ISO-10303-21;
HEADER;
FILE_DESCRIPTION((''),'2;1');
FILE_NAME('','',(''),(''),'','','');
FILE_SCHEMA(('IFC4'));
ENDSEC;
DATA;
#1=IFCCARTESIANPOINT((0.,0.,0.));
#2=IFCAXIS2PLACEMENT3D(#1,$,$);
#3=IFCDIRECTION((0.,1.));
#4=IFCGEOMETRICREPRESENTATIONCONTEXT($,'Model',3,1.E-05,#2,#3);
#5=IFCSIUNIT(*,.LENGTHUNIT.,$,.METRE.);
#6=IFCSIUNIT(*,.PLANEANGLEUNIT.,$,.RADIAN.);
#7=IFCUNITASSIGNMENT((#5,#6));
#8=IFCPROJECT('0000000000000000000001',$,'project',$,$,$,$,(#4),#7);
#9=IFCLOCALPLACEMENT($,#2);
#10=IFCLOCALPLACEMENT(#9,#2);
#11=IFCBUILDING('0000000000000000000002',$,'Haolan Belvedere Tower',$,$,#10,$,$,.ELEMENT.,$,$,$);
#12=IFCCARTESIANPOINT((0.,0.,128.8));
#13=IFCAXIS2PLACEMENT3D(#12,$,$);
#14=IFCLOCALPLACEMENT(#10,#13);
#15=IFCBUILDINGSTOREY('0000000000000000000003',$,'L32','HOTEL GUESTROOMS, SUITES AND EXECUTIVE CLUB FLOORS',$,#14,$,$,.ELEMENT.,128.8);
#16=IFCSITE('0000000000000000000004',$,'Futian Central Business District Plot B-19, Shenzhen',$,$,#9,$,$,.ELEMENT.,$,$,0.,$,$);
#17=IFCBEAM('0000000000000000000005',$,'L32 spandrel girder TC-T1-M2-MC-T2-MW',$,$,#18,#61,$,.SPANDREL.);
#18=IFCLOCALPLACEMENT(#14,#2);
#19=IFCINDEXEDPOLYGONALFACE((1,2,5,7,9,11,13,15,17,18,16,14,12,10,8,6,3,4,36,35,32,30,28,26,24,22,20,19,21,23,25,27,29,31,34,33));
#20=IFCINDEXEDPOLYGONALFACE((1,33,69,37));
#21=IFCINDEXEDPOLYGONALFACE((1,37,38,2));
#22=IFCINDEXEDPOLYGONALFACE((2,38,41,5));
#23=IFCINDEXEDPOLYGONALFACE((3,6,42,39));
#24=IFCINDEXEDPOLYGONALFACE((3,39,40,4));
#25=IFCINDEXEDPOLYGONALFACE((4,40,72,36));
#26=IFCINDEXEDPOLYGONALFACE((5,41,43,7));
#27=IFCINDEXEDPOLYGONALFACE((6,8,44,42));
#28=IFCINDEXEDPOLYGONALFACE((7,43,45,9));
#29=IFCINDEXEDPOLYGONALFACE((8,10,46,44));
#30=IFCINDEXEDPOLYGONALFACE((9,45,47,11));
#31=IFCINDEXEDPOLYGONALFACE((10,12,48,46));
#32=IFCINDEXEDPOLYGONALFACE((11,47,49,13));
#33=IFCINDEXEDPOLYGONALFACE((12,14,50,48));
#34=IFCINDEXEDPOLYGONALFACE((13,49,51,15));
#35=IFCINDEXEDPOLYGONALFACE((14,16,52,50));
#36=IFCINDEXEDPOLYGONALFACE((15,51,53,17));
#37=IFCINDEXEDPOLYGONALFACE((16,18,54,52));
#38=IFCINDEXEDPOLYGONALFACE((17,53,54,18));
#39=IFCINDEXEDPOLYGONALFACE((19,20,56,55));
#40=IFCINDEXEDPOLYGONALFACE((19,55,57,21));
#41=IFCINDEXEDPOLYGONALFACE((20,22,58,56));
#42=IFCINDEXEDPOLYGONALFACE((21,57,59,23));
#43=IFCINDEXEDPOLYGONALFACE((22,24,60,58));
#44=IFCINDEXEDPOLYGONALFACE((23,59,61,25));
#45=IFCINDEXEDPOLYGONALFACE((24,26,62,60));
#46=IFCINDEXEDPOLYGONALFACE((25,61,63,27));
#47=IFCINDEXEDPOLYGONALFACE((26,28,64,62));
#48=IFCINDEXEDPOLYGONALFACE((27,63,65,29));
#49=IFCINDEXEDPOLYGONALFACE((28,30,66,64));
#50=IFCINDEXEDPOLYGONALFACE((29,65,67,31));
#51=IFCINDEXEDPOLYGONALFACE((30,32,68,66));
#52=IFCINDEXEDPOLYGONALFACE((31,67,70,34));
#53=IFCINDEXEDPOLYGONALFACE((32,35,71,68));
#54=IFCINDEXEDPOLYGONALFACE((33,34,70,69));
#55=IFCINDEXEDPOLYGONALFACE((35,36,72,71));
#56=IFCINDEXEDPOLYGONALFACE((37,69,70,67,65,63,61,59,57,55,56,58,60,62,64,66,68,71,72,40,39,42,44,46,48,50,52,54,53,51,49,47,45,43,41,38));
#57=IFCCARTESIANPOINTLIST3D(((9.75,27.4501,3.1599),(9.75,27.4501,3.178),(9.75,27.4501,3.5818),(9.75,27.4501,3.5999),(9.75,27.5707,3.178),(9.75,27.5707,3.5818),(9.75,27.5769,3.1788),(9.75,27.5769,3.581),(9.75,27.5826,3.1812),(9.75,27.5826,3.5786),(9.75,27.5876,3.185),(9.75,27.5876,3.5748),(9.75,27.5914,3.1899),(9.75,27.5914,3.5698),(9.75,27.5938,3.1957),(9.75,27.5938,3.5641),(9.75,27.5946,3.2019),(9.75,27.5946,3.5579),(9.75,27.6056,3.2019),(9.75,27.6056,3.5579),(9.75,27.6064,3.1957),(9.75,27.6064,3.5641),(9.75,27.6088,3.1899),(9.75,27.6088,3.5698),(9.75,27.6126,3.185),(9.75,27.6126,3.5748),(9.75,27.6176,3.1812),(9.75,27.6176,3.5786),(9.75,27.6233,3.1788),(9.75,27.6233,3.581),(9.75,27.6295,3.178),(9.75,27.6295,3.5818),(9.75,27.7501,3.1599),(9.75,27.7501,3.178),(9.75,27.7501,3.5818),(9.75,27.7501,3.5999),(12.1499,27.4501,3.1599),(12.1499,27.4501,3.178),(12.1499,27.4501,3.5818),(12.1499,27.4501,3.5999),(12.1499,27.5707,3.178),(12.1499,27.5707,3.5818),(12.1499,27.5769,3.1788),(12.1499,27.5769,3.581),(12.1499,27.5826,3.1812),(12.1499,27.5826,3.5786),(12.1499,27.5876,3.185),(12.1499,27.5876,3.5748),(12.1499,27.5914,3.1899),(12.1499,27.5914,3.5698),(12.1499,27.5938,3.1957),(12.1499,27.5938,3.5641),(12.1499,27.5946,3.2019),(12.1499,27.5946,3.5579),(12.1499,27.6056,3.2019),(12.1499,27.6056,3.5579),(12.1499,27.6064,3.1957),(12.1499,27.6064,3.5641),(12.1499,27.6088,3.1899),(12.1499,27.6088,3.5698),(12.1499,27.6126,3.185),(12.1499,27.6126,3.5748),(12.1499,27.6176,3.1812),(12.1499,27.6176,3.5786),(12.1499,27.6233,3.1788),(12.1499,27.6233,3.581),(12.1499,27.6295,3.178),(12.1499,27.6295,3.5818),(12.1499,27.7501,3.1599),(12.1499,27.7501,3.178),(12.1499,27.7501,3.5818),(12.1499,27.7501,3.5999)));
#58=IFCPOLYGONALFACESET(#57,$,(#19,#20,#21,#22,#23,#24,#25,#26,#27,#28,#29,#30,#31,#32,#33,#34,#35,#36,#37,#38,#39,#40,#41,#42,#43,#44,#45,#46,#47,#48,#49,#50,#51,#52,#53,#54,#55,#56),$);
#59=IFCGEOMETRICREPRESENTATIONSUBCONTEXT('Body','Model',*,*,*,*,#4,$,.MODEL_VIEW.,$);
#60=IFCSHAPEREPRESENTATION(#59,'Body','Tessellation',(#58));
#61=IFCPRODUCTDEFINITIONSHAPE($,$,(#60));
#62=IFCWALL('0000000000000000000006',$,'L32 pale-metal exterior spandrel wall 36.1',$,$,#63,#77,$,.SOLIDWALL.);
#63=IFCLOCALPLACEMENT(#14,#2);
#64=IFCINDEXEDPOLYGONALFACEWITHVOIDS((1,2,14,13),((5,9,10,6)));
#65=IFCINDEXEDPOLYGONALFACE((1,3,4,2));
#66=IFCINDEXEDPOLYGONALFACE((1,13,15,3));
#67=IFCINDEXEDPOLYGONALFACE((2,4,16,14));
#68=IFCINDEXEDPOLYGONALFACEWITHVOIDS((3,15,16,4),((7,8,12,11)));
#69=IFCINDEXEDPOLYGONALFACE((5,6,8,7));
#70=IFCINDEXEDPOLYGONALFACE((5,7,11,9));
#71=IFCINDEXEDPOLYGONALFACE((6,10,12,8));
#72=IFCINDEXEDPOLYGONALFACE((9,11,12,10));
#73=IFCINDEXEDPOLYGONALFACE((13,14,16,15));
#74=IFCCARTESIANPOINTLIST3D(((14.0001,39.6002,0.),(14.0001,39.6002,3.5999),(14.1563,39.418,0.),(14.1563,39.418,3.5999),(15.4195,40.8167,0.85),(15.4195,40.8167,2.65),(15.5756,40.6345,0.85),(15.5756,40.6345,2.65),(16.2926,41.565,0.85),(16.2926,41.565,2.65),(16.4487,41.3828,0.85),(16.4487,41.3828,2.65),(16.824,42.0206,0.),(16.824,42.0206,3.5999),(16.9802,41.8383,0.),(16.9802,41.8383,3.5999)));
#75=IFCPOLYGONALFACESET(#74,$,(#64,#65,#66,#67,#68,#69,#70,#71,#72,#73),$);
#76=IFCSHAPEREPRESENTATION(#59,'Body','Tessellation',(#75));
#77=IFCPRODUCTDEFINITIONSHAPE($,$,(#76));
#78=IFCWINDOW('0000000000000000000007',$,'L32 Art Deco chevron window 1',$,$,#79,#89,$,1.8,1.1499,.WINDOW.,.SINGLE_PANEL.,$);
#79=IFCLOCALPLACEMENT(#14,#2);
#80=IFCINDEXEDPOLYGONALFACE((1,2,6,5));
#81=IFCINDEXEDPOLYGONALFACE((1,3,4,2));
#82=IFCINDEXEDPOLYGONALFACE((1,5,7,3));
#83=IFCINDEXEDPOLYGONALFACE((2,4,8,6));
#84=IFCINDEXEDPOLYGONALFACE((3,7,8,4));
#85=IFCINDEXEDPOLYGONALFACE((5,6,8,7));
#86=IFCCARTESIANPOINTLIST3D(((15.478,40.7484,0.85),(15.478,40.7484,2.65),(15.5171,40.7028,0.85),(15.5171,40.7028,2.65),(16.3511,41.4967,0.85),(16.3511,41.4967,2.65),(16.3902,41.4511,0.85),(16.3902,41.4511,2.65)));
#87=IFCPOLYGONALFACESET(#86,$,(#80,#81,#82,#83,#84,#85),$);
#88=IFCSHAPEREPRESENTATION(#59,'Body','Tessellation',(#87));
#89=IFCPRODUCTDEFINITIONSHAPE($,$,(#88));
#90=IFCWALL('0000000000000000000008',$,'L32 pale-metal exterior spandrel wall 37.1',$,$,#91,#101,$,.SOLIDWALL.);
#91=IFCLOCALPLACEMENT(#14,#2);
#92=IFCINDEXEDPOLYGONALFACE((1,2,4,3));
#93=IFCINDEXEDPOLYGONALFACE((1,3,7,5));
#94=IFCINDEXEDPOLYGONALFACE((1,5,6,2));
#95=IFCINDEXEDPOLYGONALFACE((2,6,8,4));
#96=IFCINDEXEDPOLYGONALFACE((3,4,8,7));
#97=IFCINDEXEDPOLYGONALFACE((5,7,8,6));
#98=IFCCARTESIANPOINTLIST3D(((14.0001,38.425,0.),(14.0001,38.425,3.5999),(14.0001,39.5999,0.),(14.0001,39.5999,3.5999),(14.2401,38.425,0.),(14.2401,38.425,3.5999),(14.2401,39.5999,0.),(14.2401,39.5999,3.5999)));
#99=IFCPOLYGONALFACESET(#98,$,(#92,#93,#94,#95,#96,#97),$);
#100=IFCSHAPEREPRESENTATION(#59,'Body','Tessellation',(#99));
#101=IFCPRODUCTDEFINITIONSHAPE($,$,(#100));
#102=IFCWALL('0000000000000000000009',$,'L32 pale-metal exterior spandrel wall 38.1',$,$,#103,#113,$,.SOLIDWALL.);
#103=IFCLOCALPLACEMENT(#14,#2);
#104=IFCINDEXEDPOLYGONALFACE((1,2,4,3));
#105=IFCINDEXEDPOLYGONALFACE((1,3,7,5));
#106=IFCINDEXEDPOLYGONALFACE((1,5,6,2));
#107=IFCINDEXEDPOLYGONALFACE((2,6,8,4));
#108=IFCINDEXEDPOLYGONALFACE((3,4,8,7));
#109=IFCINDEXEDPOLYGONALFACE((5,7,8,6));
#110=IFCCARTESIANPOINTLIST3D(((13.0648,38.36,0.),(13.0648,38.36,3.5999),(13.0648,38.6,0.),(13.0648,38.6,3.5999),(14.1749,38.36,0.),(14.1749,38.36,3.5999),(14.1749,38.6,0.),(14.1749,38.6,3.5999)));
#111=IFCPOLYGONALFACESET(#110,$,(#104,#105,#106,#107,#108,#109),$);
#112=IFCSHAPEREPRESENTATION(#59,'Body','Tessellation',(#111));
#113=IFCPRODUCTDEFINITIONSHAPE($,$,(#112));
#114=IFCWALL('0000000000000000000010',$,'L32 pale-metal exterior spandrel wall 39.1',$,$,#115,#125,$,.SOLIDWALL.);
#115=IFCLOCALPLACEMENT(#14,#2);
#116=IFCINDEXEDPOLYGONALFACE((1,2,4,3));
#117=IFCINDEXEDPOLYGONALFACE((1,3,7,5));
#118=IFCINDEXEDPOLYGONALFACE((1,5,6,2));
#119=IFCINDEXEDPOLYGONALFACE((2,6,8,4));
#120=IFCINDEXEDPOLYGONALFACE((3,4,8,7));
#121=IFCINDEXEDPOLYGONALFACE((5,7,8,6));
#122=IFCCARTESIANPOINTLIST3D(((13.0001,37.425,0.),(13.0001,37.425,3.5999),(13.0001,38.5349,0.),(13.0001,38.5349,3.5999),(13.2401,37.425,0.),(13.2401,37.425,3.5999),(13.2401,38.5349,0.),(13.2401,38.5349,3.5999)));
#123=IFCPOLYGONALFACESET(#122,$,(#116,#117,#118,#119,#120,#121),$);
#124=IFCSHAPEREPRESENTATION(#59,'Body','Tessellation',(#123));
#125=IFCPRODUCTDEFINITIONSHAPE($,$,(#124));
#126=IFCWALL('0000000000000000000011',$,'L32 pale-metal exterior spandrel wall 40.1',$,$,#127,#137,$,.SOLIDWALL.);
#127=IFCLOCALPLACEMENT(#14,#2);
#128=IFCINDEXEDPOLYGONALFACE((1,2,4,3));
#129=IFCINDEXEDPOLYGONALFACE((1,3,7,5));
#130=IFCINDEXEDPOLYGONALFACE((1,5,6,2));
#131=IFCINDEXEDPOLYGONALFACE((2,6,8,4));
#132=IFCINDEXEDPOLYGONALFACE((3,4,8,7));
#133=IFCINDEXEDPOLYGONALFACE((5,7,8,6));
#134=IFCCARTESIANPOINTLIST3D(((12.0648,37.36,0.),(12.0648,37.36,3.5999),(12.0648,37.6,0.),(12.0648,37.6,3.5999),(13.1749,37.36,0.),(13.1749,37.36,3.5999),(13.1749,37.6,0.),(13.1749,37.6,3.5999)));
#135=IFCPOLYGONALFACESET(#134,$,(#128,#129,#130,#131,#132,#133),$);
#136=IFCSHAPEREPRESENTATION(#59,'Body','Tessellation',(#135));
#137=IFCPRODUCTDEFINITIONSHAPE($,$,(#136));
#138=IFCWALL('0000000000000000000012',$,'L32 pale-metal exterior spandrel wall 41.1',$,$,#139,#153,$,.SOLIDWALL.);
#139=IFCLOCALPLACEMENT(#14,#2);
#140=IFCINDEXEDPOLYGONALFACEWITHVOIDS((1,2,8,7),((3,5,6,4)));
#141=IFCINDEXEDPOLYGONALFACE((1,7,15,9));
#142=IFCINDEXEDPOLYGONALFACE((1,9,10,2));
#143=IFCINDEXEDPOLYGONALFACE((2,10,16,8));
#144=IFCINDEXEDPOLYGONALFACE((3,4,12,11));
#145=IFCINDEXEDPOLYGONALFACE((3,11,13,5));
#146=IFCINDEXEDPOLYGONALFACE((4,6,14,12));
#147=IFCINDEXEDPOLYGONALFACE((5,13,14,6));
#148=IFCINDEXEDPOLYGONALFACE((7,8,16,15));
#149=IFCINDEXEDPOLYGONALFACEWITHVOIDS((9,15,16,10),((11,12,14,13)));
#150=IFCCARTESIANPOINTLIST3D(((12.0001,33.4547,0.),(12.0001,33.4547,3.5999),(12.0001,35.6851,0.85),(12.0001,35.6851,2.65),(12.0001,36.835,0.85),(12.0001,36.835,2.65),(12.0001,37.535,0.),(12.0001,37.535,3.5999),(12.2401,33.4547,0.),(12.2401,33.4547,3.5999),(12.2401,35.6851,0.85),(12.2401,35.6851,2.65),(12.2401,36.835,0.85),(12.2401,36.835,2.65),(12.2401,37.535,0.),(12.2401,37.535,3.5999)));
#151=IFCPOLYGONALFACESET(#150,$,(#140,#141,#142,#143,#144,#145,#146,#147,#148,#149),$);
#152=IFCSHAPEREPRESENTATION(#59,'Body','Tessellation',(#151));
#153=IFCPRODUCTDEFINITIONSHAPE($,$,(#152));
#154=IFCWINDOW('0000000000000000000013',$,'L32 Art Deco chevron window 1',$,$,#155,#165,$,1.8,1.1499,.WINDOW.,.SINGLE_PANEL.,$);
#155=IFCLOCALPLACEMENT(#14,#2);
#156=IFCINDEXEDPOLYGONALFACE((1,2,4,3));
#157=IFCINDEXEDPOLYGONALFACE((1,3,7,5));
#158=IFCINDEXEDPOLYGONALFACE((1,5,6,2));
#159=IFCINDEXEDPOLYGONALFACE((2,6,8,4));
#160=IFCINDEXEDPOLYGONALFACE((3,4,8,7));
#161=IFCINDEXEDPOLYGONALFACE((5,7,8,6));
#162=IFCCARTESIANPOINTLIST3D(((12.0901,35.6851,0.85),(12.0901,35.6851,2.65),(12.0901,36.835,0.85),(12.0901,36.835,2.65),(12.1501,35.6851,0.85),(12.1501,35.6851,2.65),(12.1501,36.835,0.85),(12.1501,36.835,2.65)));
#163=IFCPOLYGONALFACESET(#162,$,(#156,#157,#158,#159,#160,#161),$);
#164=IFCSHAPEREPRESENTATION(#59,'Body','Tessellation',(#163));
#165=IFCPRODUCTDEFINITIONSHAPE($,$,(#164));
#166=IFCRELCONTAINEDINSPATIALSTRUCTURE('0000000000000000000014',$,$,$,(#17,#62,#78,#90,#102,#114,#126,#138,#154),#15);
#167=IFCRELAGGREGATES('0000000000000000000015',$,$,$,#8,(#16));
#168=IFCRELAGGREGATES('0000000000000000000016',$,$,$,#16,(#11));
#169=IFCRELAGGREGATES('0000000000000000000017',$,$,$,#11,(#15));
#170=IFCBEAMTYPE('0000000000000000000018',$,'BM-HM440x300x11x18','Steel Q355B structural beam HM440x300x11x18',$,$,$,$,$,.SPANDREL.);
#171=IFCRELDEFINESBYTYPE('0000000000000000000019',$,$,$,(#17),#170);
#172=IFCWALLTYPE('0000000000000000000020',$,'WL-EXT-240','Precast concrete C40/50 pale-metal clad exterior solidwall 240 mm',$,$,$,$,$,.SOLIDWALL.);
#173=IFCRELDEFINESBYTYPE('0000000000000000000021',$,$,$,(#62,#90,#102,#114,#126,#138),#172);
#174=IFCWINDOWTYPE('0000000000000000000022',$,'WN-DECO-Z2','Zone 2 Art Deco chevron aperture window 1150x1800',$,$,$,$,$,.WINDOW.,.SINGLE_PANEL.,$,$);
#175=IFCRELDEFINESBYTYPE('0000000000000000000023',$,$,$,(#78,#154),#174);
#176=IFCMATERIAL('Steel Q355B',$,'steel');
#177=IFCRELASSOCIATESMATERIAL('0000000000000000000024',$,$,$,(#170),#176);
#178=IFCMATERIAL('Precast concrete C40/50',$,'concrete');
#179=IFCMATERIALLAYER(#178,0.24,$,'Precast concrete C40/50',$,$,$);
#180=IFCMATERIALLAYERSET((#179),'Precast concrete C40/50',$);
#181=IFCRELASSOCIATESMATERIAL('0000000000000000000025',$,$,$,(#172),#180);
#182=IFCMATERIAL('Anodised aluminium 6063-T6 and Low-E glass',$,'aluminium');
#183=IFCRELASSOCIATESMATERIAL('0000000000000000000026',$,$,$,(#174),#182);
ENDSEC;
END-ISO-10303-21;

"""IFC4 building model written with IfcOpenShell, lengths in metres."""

from ifc_helpers import new_model, si_unit, direction, frame, frame_2d, origin, origin_2d, place, context, subcontext, project, spatial, rectangle, i_section, extrude, material, layer, layer_set, material_profile, profile_set, type_object, element, fill, save


model = new_model("IFC4")

# Units and contexts
model_context = context("Model", 3, precision=1e-05, world=origin(), true_north=direction((0.0, 1.0)))
body_context = subcontext(model_context, "Body", "Model", "MODEL_VIEW")
ifc_project = project(units=[si_unit("LENGTHUNIT", "METRE"), si_unit("PLANEANGLEUNIT", "RADIAN")], contexts=[model_context])

# Site, building, storey
site_placement = place(None, origin())
site = spatial("IfcSite", under=ifc_project, at=site_placement, Name="Futian Central Business District Plot B-19, Shenzhen", CompositionType="ELEMENT", RefElevation=0.0)
building_placement = place(site_placement, origin())
building = spatial("IfcBuilding", under=site, at=building_placement, Name="Haolan Belvedere Tower", CompositionType="ELEMENT")
storey_placement = place(building_placement, frame((0.0, 0.0, 128.8)))
storey = spatial("IfcBuildingStorey", under=building, at=storey_placement, Name="L32", Description="HOTEL GUESTROOMS, SUITES AND EXECUTIVE CLUB FLOORS", CompositionType="ELEMENT", Elevation=128.8)

# Beam
ifc_material_1 = material(Name="Steel Q355B", Category="steel")
ifc_material_profile_1 = material_profile(ifc_material_1, i_section(OverallWidth=0.3, OverallDepth=0.4399, WebThickness=0.011, FlangeThickness=0.0181, FilletRadius=0.0239, at=origin_2d()), Name="Steel Q355B")
ifc_profile_set_1 = profile_set([ifc_material_profile_1], Name="Steel Q355B")
beam_type = type_object("IfcBeamType", Name="BM-HM440x300x11x18", Description="Steel Q355B structural beam HM440x300x11x18", PredefinedType="SPANDREL", material=ifc_profile_set_1)
beam_1_placement = place(storey_placement, frame((9.75, 27.6001, 3.3799), z_axis=(1.0, 0.0, 0.0), x_axis=(0.0, 1.0, 0.0)))
element("IfcBeam", 1, at=beam_1_placement, inside=storey, type_object=beam_type, Name="L32 spandrel girder TC-T1-M2-MC-T2-MW", PredefinedType="SPANDREL", context=body_context, shape_type="SweptSolid", body=[
    extrude(i_section(OverallWidth=0.3, OverallDepth=0.4399, WebThickness=0.011, FlangeThickness=0.0181, FilletRadius=0.0239, at=origin_2d()), origin(), (0.0, 0.0, 1.0), 2.3999),
])

# Wall, opening, window
ifc_material_2 = material(Name="Precast concrete C40/50", Category="concrete")
ifc_layer_1 = layer(ifc_material_2, 0.24, Name="Precast concrete C40/50")
ifc_layer_set_1 = layer_set([ifc_layer_1], Name="Precast concrete C40/50")
wall_type_1 = type_object("IfcWallType", Name="WL-EXT-240", Description="Precast concrete C40/50 pale-metal clad exterior solidwall 240 mm", PredefinedType="SOLIDWALL", material=ifc_layer_set_1)
wall_1_placement = place(storey_placement, frame((16.9021, 41.9294, 0.0), z_axis=(0.0, 0.0, 1.0), x_axis=(-0.759275, -0.65077, 0.0)))
wall_1 = element("IfcWall", 2, at=wall_1_placement, inside=storey, type_object=wall_type_1, Name="L32 pale-metal exterior spandrel wall 36.1", PredefinedType="SOLIDWALL", context=body_context, shape_type="SweptSolid", body=[
    extrude(rectangle(XDim=3.7192, YDim=0.24, at=frame_2d((1.8596, 0.0))), origin(), (0.0, 0.0, 1.0), 3.5999),
])
opening_1_placement = place(wall_1_placement, frame((0.7, 0.0, 0.8501)))
opening_1 = element("IfcOpeningElement", 3, at=opening_1_placement, cuts=wall_1, PredefinedType="OPENING", context=body_context, shape_type="SweptSolid", body=[
    extrude(rectangle(XDim=1.1499, YDim=1.8, at=frame_2d((0.575, 0.8999))), frame((0.0, 0.1299, 0.0), z_axis=(0.0, -1.0, 0.0), x_axis=(1.0, 0.0, 0.0)), (0.0, 0.0, 1.0), 0.26),
])
ifc_material_3 = material(Name="Anodised aluminium 6063-T6 and Low-E glass", Category="aluminium")
window_type = type_object("IfcWindowType", Name="WN-DECO-Z2", Description="Zone 2 Art Deco chevron aperture window 1150x1800", PartitioningType="SINGLE_PANEL", PredefinedType="WINDOW", material=ifc_material_3)
window_1_placement = place(opening_1_placement, origin())
window_1 = element("IfcWindow", 4, at=window_1_placement, inside=storey, type_object=window_type, Name="L32 Art Deco chevron window 1", OverallHeight=1.8, OverallWidth=1.1499, PartitioningType="SINGLE_PANEL", PredefinedType="WINDOW", context=body_context, shape_type="SweptSolid", body=[
    extrude(rectangle(XDim=1.1499, YDim=1.8, at=frame_2d((0.575, 0.8999))), frame((0.0, 0.03, 0.0), z_axis=(0.0, -1.0, 0.0), x_axis=(1.0, 0.0, 0.0)), (0.0, 0.0, 1.0), 0.0601),
])
fill(opening_1, window_1)

# Walls
wall_2_placement = place(storey_placement, frame((14.1201, 39.5999, 0.0), z_axis=(0.0, 0.0, 1.0), x_axis=(0.0, -1.0, 0.0)))
element("IfcWall", 5, at=wall_2_placement, inside=storey, type_object=wall_type_1, Name="L32 pale-metal exterior spandrel wall 37.1", PredefinedType="SOLIDWALL", context=body_context, shape_type="SweptSolid", body=[
    extrude(rectangle(XDim=1.1748, YDim=0.24, at=frame_2d((0.5874, 0.0))), origin(), (0.0, 0.0, 1.0), 3.5999),
])
wall_3_placement = place(storey_placement, frame((14.175, 38.48, 0.0), z_axis=(0.0, 0.0, 1.0), x_axis=(-1.0, 0.0, 0.0)))
element("IfcWall", 6, at=wall_3_placement, inside=storey, type_object=wall_type_1, Name="L32 pale-metal exterior spandrel wall 38.1", PredefinedType="SOLIDWALL", context=body_context, shape_type="SweptSolid", body=[
    extrude(rectangle(XDim=1.1101, YDim=0.24, at=frame_2d((0.5552, 0.0))), origin(), (0.0, 0.0, 1.0), 3.5999),
])
wall_4_placement = place(storey_placement, frame((13.1201, 38.5349, 0.0), z_axis=(0.0, 0.0, 1.0), x_axis=(0.0, -1.0, 0.0)))
element("IfcWall", 7, at=wall_4_placement, inside=storey, type_object=wall_type_1, Name="L32 pale-metal exterior spandrel wall 39.1", PredefinedType="SOLIDWALL", context=body_context, shape_type="SweptSolid", body=[
    extrude(rectangle(XDim=1.1099, YDim=0.24, at=frame_2d((0.5549, 0.0))), origin(), (0.0, 0.0, 1.0), 3.5999),
])
wall_5_placement = place(storey_placement, frame((13.175, 37.48, 0.0), z_axis=(0.0, 0.0, 1.0), x_axis=(-1.0, 0.0, 0.0)))
element("IfcWall", 8, at=wall_5_placement, inside=storey, type_object=wall_type_1, Name="L32 pale-metal exterior spandrel wall 40.1", PredefinedType="SOLIDWALL", context=body_context, shape_type="SweptSolid", body=[
    extrude(rectangle(XDim=1.1101, YDim=0.24, at=frame_2d((0.5552, 0.0))), origin(), (0.0, 0.0, 1.0), 3.5999),
])

# Wall, opening, window
wall_6_placement = place(storey_placement, frame((12.1201, 37.5349, 0.0), z_axis=(0.0, 0.0, 1.0), x_axis=(0.0, -1.0, 0.0)))
wall_6 = element("IfcWall", 9, at=wall_6_placement, inside=storey, type_object=wall_type_1, Name="L32 pale-metal exterior spandrel wall 41.1", PredefinedType="SOLIDWALL", context=body_context, shape_type="SweptSolid", body=[
    extrude(rectangle(XDim=4.0803, YDim=0.24, at=frame_2d((2.04, 0.0))), origin(), (0.0, 0.0, 1.0), 3.5999),
])
opening_2_placement = place(wall_6_placement, frame((0.7, 0.0, 0.8501)))
opening_2 = element("IfcOpeningElement", 10, at=opening_2_placement, cuts=wall_6, PredefinedType="OPENING", context=body_context, shape_type="SweptSolid", body=[
    extrude(rectangle(XDim=1.1499, YDim=1.8, at=frame_2d((0.575, 0.8999))), frame((0.0, 0.1299, 0.0), z_axis=(0.0, -1.0, 0.0), x_axis=(1.0, 0.0, 0.0)), (0.0, 0.0, 1.0), 0.26),
])
window_2_placement = place(opening_2_placement, origin())
window_2 = element("IfcWindow", 11, at=window_2_placement, inside=storey, type_object=window_type, Name="L32 Art Deco chevron window 1", OverallHeight=1.8, OverallWidth=1.1499, PartitioningType="SINGLE_PANEL", PredefinedType="WINDOW", context=body_context, shape_type="SweptSolid", body=[
    extrude(rectangle(XDim=1.1499, YDim=1.8, at=frame_2d((0.575, 0.8999))), frame((0.0, 0.03, 0.0), z_axis=(0.0, -1.0, 0.0), x_axis=(1.0, 0.0, 0.0)), (0.0, 0.0, 1.0), 0.0601),
])
fill(opening_2, window_2)

save(model, "model.ifc")
